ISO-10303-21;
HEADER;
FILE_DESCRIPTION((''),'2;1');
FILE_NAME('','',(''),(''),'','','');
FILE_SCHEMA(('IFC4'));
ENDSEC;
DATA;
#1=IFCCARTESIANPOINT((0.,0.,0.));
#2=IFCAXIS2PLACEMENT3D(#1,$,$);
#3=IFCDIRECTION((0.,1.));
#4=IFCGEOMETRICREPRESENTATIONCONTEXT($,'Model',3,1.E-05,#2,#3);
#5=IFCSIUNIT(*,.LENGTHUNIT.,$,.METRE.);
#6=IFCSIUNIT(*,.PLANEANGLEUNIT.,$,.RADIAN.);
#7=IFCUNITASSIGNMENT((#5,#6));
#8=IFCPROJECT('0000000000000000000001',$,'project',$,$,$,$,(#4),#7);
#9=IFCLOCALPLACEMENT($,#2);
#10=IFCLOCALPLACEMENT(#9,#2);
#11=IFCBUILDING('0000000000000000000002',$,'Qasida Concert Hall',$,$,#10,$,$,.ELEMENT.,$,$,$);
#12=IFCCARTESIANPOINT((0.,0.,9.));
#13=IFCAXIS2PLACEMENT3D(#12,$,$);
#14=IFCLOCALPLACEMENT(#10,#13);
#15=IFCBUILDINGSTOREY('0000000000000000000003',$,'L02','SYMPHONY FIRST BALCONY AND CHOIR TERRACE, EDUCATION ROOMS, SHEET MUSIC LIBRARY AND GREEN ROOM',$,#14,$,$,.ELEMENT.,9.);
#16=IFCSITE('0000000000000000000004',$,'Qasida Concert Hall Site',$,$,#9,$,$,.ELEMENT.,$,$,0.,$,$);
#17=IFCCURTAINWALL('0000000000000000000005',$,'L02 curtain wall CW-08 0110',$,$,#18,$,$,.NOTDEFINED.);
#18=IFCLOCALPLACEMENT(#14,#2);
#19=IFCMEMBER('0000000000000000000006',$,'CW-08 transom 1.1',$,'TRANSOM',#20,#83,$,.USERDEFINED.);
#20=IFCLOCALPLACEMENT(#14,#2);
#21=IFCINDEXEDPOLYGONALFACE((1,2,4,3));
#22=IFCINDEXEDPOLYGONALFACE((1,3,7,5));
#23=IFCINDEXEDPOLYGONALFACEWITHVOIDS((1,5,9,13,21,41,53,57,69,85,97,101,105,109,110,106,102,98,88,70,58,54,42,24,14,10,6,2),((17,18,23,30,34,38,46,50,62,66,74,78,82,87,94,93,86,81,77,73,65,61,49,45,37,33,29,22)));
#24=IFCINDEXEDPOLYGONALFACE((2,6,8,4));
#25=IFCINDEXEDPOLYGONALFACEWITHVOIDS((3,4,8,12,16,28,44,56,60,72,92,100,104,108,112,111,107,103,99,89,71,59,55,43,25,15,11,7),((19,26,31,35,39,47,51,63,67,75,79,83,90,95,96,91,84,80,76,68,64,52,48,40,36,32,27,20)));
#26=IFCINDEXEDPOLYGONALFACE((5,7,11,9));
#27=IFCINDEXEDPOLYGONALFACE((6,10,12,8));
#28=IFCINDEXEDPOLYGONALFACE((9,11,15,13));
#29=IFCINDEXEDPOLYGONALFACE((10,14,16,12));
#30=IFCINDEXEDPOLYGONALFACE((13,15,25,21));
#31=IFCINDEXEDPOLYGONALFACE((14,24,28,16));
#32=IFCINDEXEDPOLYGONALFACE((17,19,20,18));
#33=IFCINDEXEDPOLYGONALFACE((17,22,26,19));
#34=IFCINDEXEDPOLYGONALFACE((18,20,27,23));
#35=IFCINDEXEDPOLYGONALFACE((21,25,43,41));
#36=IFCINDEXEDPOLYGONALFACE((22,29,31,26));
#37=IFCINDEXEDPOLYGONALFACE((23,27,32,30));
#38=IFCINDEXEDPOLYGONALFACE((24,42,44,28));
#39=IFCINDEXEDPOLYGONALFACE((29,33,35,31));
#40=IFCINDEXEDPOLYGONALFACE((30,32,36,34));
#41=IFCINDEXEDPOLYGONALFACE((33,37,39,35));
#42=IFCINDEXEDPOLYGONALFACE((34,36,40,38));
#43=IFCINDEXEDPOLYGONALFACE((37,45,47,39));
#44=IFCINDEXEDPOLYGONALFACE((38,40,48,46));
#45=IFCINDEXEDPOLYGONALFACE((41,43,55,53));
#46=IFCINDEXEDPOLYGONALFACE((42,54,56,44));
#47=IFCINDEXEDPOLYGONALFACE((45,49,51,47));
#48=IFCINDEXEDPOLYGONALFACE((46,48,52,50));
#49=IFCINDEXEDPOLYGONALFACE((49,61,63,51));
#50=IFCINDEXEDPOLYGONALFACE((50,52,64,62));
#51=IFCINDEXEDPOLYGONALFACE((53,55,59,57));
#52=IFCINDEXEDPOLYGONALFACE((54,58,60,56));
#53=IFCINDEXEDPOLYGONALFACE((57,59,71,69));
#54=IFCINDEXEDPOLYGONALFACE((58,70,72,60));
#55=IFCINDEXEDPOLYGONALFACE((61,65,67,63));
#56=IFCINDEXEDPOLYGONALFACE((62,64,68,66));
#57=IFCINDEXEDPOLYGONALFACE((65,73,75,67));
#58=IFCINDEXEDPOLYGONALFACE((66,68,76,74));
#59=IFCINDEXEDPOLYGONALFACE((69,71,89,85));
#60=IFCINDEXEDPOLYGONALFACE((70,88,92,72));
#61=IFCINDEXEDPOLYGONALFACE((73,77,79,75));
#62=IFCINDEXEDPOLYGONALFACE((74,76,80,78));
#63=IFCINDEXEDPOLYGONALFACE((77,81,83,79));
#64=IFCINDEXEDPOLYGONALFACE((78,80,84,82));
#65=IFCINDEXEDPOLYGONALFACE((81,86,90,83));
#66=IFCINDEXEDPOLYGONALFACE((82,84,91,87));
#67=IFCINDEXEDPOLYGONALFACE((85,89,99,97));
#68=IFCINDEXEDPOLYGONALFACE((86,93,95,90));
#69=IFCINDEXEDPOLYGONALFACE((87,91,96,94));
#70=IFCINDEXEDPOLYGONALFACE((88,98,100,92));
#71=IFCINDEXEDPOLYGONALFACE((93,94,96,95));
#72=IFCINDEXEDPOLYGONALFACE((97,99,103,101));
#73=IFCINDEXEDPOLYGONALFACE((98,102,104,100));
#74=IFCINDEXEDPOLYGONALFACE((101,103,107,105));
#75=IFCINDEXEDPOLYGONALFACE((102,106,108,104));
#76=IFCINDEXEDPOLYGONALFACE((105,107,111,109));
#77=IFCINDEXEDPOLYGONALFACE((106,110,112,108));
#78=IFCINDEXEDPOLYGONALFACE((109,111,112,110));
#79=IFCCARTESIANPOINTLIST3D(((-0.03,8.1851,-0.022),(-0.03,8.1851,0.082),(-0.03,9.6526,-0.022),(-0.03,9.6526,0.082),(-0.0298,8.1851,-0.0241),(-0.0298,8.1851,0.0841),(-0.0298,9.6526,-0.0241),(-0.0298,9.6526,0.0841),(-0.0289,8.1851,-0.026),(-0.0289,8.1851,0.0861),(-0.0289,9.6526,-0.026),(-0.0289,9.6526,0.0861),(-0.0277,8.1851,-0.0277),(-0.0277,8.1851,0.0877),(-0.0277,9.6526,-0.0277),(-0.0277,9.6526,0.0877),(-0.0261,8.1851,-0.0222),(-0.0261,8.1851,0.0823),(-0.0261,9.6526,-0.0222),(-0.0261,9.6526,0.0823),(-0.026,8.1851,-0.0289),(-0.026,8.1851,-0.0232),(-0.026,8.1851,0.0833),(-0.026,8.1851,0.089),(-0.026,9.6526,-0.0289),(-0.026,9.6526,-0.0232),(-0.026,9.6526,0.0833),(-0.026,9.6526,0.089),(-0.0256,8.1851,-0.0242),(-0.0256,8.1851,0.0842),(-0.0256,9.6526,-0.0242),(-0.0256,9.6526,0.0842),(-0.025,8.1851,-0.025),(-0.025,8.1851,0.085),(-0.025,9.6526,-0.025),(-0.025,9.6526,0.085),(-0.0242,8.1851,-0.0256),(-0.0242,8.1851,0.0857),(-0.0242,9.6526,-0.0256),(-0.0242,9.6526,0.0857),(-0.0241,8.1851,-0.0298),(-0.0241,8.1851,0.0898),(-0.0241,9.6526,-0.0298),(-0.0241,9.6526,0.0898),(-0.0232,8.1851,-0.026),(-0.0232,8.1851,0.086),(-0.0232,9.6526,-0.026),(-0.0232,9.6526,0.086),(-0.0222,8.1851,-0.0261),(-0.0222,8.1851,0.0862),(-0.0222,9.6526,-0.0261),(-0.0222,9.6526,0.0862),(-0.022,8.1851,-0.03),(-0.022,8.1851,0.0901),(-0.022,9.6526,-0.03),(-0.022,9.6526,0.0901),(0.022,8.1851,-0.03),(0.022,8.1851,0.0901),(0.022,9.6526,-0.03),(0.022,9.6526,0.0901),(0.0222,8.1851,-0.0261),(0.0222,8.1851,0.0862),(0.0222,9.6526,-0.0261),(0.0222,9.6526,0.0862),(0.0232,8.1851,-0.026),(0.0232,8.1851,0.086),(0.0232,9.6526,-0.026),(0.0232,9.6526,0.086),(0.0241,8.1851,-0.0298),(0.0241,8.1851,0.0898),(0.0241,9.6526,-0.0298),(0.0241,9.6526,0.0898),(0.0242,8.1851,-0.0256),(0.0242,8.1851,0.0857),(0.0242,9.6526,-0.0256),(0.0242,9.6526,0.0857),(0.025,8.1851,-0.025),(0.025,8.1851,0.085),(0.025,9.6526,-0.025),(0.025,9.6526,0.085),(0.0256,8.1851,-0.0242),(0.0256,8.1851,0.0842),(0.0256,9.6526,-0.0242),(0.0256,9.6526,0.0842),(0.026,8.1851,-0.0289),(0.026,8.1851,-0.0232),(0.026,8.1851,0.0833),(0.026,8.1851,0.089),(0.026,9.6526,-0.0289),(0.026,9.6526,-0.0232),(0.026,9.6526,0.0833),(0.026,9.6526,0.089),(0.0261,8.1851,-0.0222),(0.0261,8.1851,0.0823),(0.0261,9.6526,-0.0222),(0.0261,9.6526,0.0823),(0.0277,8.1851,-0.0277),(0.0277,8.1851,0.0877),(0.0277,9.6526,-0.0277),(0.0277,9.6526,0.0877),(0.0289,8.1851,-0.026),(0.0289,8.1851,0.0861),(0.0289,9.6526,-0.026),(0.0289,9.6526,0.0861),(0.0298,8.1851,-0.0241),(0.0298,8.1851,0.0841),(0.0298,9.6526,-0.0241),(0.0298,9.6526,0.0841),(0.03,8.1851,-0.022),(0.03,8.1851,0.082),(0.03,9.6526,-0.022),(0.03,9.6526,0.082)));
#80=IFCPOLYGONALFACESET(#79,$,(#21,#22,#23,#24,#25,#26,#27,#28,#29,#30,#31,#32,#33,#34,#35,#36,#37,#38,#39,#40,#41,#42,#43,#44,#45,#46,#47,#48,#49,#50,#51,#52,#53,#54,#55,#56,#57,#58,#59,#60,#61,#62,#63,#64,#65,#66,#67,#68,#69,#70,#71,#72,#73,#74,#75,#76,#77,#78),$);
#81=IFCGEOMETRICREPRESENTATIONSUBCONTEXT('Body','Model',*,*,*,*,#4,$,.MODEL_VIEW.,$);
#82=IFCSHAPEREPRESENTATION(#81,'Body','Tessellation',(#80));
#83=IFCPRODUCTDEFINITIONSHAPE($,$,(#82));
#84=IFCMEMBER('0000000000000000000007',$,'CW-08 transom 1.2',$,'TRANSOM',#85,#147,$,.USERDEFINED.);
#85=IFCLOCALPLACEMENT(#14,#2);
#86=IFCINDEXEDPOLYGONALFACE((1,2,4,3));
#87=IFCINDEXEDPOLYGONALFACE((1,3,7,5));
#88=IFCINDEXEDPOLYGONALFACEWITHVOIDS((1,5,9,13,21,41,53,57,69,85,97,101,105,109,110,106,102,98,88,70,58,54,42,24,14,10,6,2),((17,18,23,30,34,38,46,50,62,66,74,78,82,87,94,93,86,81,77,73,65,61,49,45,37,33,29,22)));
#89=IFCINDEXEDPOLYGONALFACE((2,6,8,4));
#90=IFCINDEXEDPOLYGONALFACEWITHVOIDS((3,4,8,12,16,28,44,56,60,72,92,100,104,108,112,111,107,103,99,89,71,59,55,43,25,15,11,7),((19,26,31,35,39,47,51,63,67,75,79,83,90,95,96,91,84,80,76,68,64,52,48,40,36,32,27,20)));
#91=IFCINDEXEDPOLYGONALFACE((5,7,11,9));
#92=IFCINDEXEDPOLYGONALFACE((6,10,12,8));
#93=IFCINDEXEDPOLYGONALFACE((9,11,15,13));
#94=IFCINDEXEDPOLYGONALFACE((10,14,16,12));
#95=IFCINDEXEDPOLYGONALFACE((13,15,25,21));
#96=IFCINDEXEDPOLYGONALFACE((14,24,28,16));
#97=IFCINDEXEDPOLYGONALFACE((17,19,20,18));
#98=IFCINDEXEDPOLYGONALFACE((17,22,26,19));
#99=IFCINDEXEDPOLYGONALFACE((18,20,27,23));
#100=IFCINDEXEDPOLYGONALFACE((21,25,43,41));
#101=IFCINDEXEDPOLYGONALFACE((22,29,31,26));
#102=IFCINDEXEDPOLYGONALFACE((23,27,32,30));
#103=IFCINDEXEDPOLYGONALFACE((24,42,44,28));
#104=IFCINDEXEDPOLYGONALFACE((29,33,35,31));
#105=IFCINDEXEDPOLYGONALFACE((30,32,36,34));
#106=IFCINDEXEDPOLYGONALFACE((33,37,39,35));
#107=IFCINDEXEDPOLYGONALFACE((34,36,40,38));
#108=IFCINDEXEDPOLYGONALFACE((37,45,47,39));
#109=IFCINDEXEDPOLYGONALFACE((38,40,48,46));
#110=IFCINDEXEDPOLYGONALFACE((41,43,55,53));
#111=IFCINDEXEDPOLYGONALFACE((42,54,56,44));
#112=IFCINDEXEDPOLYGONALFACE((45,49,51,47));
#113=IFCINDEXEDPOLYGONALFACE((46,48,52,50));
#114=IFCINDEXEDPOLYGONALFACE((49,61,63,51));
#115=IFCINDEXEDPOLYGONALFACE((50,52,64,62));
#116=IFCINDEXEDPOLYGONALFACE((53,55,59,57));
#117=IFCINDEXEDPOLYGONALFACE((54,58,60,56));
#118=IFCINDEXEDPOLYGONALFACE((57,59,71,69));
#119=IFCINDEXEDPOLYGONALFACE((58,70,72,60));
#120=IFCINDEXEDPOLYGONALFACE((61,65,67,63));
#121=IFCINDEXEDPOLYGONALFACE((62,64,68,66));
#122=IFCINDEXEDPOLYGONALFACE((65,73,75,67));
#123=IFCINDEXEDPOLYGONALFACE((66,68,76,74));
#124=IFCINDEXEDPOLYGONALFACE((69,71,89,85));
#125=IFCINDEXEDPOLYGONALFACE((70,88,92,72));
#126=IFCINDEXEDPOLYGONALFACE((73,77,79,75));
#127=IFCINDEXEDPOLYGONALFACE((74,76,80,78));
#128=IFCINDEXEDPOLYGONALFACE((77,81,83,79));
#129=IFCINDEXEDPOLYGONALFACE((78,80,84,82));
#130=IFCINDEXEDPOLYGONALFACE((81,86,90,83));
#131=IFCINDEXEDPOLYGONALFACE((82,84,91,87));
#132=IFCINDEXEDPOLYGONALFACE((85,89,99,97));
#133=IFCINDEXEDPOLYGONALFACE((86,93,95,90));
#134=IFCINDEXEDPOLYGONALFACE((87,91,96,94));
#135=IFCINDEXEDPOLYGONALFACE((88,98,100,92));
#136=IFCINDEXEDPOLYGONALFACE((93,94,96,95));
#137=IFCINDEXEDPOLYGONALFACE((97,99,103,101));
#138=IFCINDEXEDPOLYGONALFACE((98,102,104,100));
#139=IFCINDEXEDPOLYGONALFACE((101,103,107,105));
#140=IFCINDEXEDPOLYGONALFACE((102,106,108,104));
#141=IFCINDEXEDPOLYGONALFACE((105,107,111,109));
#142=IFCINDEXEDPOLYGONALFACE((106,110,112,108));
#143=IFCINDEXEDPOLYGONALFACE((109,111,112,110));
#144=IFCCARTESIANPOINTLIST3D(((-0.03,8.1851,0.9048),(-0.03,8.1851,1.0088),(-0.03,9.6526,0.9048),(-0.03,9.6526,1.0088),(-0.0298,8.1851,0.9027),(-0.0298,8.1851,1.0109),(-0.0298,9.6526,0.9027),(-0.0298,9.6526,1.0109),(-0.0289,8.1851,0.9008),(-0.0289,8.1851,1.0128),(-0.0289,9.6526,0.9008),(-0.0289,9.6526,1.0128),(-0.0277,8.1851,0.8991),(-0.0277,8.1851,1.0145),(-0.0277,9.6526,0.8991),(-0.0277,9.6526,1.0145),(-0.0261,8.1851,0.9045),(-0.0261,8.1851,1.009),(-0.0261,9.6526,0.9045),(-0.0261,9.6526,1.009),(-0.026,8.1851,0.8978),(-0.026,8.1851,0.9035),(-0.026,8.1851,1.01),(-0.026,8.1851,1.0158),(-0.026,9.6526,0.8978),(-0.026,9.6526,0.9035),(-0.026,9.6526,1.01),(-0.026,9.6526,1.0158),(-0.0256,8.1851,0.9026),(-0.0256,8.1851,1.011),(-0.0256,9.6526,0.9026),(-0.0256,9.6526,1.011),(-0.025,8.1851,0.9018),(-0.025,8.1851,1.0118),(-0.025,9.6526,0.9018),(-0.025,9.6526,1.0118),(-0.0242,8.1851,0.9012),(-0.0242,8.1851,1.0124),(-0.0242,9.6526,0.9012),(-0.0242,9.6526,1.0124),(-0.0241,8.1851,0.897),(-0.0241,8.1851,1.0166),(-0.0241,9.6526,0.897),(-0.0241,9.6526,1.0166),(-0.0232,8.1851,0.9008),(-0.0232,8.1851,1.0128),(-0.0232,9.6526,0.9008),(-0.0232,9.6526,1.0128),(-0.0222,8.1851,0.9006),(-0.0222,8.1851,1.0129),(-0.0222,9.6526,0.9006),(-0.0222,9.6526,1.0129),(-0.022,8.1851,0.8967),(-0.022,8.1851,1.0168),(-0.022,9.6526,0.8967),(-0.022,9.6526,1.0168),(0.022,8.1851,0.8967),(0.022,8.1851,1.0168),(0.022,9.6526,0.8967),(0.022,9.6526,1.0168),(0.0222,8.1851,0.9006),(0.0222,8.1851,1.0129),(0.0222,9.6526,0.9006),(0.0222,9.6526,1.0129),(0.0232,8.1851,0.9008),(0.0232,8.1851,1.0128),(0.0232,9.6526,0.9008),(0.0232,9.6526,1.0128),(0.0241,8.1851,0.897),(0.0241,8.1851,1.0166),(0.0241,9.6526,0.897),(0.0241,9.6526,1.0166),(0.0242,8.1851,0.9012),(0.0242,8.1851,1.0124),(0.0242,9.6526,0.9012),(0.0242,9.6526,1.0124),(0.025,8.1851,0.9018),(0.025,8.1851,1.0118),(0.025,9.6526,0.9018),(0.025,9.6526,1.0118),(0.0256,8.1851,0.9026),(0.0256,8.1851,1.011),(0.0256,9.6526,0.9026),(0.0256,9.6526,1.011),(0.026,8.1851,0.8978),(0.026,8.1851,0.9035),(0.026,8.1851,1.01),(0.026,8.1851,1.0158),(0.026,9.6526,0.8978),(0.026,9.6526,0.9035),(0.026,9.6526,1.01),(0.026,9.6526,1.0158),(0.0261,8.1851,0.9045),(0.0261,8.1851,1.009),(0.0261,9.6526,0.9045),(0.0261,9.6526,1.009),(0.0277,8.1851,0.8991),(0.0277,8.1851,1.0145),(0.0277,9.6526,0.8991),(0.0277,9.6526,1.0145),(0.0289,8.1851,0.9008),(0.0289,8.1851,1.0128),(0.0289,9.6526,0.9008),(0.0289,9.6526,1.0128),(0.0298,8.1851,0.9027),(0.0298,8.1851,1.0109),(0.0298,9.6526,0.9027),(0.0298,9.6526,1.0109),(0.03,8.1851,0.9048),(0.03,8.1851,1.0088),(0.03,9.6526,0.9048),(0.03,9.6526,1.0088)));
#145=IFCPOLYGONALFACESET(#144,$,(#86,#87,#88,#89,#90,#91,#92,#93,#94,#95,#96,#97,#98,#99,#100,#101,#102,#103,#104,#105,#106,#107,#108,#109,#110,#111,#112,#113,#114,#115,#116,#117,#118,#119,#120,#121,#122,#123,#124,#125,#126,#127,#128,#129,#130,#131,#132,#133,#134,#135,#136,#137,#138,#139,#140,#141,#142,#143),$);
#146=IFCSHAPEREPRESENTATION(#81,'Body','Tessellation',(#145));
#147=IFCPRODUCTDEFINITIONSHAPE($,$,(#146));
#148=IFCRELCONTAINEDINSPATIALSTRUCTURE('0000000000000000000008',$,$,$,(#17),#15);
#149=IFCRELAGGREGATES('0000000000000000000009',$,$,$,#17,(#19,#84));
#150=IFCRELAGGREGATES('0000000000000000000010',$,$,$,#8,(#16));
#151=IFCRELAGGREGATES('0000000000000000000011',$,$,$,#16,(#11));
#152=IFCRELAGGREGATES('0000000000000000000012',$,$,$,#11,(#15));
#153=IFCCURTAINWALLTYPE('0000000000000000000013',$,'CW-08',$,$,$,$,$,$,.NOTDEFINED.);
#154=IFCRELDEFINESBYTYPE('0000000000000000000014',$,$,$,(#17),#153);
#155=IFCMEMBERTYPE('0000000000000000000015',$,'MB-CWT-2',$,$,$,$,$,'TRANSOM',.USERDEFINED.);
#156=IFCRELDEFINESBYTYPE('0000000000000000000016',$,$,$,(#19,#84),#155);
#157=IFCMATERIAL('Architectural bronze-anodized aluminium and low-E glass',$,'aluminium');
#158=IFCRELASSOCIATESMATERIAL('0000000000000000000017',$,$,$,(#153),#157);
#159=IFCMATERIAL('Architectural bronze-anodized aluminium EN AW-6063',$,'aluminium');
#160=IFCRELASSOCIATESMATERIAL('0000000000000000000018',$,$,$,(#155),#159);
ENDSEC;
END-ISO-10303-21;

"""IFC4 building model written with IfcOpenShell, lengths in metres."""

from ifc_helpers import new_model, si_unit, direction, frame, origin, origin_2d, place, context, subcontext, project, spatial, hollow_rectangle, extrude, material, material_profile, profile_set, type_object, element, aggregate, save


model = new_model("IFC4")

# Units and contexts
model_context = context("Model", 3, precision=1e-05, world=origin(), true_north=direction((0.0, 1.0)))
body_context = subcontext(model_context, "Body", "Model", "MODEL_VIEW")
ifc_project = project(units=[si_unit("LENGTHUNIT", "METRE"), si_unit("PLANEANGLEUNIT", "RADIAN")], contexts=[model_context])

# Site, building, storey
site_placement = place(None, origin())
site = spatial("IfcSite", under=ifc_project, at=site_placement, Name="Qasida Concert Hall Site", CompositionType="ELEMENT", RefElevation=0.0)
building_placement = place(site_placement, origin())
building = spatial("IfcBuilding", under=site, at=building_placement, Name="Qasida Concert Hall", CompositionType="ELEMENT")
storey_placement = place(building_placement, frame((0.0, 0.0, 9.0)))
storey = spatial("IfcBuildingStorey", under=building, at=storey_placement, Name="L02", Description="SYMPHONY FIRST BALCONY AND CHOIR TERRACE, EDUCATION ROOMS, SHEET MUSIC LIBRARY AND GREEN ROOM", CompositionType="ELEMENT", Elevation=9.0)

# Curtain wall, members
ifc_material_1 = material(Name="Architectural bronze-anodized aluminium and low-E glass", Category="aluminium")
curtain_wall_type = type_object("IfcCurtainWallType", Name="CW-08", PredefinedType="NOTDEFINED", material=ifc_material_1)
curtain_wall_placement = place(storey_placement, origin())
curtain_wall = element("IfcCurtainWall", 1, at=curtain_wall_placement, inside=storey, type_object=curtain_wall_type, Name="L02 curtain wall CW-08 0110", PredefinedType="NOTDEFINED")
ifc_material_2 = material(Name="Architectural bronze-anodized aluminium EN AW-6063", Category="aluminium")
ifc_material_profile_1 = material_profile(ifc_material_2, hollow_rectangle(XDim=0.0601, YDim=0.1201, WallThickness=0.0039, InnerFilletRadius=0.0039, OuterFilletRadius=0.0081, at=origin_2d()), Name="CWT 120x60x4")
ifc_profile_set_1 = profile_set([ifc_material_profile_1], Name="Architectural bronze-anodized aluminium EN AW-6063")
member_type_1 = type_object("IfcMemberType", Name="MB-CWT-2", ElementType="TRANSOM", PredefinedType="USERDEFINED", material=ifc_profile_set_1)
member_1_placement = place(storey_placement, frame((0.0, 8.1851, 0.03), z_axis=(0.0, 1.0, 0.0), x_axis=(-1.0, 0.0, 0.0)))
member_1 = element("IfcMember", 2, at=member_1_placement, type_object=member_type_1, Name="CW-08 transom 1.1", ObjectType="TRANSOM", PredefinedType="USERDEFINED", context=body_context, shape_type="SweptSolid", body=[
    extrude(hollow_rectangle(XDim=0.0601, YDim=0.1201, WallThickness=0.0039, InnerFilletRadius=0.0039, OuterFilletRadius=0.0081, at=origin_2d()), origin(), (0.0, 0.0, 1.0), 1.4675),
])
member_2_placement = place(storey_placement, frame((0.0, 8.1851, 0.9568), z_axis=(0.0, 1.0, 0.0), x_axis=(-1.0, 0.0, 0.0)))
member_2 = element("IfcMember", 3, at=member_2_placement, type_object=member_type_1, Name="CW-08 transom 1.2", ObjectType="TRANSOM", PredefinedType="USERDEFINED", context=body_context, shape_type="SweptSolid", body=[
    extrude(hollow_rectangle(XDim=0.0601, YDim=0.1201, WallThickness=0.0039, InnerFilletRadius=0.0039, OuterFilletRadius=0.0081, at=origin_2d()), origin(), (0.0, 0.0, 1.0), 1.4675),
])
aggregate(curtain_wall, [member_1, member_2])

save(model, "model.ifc")
